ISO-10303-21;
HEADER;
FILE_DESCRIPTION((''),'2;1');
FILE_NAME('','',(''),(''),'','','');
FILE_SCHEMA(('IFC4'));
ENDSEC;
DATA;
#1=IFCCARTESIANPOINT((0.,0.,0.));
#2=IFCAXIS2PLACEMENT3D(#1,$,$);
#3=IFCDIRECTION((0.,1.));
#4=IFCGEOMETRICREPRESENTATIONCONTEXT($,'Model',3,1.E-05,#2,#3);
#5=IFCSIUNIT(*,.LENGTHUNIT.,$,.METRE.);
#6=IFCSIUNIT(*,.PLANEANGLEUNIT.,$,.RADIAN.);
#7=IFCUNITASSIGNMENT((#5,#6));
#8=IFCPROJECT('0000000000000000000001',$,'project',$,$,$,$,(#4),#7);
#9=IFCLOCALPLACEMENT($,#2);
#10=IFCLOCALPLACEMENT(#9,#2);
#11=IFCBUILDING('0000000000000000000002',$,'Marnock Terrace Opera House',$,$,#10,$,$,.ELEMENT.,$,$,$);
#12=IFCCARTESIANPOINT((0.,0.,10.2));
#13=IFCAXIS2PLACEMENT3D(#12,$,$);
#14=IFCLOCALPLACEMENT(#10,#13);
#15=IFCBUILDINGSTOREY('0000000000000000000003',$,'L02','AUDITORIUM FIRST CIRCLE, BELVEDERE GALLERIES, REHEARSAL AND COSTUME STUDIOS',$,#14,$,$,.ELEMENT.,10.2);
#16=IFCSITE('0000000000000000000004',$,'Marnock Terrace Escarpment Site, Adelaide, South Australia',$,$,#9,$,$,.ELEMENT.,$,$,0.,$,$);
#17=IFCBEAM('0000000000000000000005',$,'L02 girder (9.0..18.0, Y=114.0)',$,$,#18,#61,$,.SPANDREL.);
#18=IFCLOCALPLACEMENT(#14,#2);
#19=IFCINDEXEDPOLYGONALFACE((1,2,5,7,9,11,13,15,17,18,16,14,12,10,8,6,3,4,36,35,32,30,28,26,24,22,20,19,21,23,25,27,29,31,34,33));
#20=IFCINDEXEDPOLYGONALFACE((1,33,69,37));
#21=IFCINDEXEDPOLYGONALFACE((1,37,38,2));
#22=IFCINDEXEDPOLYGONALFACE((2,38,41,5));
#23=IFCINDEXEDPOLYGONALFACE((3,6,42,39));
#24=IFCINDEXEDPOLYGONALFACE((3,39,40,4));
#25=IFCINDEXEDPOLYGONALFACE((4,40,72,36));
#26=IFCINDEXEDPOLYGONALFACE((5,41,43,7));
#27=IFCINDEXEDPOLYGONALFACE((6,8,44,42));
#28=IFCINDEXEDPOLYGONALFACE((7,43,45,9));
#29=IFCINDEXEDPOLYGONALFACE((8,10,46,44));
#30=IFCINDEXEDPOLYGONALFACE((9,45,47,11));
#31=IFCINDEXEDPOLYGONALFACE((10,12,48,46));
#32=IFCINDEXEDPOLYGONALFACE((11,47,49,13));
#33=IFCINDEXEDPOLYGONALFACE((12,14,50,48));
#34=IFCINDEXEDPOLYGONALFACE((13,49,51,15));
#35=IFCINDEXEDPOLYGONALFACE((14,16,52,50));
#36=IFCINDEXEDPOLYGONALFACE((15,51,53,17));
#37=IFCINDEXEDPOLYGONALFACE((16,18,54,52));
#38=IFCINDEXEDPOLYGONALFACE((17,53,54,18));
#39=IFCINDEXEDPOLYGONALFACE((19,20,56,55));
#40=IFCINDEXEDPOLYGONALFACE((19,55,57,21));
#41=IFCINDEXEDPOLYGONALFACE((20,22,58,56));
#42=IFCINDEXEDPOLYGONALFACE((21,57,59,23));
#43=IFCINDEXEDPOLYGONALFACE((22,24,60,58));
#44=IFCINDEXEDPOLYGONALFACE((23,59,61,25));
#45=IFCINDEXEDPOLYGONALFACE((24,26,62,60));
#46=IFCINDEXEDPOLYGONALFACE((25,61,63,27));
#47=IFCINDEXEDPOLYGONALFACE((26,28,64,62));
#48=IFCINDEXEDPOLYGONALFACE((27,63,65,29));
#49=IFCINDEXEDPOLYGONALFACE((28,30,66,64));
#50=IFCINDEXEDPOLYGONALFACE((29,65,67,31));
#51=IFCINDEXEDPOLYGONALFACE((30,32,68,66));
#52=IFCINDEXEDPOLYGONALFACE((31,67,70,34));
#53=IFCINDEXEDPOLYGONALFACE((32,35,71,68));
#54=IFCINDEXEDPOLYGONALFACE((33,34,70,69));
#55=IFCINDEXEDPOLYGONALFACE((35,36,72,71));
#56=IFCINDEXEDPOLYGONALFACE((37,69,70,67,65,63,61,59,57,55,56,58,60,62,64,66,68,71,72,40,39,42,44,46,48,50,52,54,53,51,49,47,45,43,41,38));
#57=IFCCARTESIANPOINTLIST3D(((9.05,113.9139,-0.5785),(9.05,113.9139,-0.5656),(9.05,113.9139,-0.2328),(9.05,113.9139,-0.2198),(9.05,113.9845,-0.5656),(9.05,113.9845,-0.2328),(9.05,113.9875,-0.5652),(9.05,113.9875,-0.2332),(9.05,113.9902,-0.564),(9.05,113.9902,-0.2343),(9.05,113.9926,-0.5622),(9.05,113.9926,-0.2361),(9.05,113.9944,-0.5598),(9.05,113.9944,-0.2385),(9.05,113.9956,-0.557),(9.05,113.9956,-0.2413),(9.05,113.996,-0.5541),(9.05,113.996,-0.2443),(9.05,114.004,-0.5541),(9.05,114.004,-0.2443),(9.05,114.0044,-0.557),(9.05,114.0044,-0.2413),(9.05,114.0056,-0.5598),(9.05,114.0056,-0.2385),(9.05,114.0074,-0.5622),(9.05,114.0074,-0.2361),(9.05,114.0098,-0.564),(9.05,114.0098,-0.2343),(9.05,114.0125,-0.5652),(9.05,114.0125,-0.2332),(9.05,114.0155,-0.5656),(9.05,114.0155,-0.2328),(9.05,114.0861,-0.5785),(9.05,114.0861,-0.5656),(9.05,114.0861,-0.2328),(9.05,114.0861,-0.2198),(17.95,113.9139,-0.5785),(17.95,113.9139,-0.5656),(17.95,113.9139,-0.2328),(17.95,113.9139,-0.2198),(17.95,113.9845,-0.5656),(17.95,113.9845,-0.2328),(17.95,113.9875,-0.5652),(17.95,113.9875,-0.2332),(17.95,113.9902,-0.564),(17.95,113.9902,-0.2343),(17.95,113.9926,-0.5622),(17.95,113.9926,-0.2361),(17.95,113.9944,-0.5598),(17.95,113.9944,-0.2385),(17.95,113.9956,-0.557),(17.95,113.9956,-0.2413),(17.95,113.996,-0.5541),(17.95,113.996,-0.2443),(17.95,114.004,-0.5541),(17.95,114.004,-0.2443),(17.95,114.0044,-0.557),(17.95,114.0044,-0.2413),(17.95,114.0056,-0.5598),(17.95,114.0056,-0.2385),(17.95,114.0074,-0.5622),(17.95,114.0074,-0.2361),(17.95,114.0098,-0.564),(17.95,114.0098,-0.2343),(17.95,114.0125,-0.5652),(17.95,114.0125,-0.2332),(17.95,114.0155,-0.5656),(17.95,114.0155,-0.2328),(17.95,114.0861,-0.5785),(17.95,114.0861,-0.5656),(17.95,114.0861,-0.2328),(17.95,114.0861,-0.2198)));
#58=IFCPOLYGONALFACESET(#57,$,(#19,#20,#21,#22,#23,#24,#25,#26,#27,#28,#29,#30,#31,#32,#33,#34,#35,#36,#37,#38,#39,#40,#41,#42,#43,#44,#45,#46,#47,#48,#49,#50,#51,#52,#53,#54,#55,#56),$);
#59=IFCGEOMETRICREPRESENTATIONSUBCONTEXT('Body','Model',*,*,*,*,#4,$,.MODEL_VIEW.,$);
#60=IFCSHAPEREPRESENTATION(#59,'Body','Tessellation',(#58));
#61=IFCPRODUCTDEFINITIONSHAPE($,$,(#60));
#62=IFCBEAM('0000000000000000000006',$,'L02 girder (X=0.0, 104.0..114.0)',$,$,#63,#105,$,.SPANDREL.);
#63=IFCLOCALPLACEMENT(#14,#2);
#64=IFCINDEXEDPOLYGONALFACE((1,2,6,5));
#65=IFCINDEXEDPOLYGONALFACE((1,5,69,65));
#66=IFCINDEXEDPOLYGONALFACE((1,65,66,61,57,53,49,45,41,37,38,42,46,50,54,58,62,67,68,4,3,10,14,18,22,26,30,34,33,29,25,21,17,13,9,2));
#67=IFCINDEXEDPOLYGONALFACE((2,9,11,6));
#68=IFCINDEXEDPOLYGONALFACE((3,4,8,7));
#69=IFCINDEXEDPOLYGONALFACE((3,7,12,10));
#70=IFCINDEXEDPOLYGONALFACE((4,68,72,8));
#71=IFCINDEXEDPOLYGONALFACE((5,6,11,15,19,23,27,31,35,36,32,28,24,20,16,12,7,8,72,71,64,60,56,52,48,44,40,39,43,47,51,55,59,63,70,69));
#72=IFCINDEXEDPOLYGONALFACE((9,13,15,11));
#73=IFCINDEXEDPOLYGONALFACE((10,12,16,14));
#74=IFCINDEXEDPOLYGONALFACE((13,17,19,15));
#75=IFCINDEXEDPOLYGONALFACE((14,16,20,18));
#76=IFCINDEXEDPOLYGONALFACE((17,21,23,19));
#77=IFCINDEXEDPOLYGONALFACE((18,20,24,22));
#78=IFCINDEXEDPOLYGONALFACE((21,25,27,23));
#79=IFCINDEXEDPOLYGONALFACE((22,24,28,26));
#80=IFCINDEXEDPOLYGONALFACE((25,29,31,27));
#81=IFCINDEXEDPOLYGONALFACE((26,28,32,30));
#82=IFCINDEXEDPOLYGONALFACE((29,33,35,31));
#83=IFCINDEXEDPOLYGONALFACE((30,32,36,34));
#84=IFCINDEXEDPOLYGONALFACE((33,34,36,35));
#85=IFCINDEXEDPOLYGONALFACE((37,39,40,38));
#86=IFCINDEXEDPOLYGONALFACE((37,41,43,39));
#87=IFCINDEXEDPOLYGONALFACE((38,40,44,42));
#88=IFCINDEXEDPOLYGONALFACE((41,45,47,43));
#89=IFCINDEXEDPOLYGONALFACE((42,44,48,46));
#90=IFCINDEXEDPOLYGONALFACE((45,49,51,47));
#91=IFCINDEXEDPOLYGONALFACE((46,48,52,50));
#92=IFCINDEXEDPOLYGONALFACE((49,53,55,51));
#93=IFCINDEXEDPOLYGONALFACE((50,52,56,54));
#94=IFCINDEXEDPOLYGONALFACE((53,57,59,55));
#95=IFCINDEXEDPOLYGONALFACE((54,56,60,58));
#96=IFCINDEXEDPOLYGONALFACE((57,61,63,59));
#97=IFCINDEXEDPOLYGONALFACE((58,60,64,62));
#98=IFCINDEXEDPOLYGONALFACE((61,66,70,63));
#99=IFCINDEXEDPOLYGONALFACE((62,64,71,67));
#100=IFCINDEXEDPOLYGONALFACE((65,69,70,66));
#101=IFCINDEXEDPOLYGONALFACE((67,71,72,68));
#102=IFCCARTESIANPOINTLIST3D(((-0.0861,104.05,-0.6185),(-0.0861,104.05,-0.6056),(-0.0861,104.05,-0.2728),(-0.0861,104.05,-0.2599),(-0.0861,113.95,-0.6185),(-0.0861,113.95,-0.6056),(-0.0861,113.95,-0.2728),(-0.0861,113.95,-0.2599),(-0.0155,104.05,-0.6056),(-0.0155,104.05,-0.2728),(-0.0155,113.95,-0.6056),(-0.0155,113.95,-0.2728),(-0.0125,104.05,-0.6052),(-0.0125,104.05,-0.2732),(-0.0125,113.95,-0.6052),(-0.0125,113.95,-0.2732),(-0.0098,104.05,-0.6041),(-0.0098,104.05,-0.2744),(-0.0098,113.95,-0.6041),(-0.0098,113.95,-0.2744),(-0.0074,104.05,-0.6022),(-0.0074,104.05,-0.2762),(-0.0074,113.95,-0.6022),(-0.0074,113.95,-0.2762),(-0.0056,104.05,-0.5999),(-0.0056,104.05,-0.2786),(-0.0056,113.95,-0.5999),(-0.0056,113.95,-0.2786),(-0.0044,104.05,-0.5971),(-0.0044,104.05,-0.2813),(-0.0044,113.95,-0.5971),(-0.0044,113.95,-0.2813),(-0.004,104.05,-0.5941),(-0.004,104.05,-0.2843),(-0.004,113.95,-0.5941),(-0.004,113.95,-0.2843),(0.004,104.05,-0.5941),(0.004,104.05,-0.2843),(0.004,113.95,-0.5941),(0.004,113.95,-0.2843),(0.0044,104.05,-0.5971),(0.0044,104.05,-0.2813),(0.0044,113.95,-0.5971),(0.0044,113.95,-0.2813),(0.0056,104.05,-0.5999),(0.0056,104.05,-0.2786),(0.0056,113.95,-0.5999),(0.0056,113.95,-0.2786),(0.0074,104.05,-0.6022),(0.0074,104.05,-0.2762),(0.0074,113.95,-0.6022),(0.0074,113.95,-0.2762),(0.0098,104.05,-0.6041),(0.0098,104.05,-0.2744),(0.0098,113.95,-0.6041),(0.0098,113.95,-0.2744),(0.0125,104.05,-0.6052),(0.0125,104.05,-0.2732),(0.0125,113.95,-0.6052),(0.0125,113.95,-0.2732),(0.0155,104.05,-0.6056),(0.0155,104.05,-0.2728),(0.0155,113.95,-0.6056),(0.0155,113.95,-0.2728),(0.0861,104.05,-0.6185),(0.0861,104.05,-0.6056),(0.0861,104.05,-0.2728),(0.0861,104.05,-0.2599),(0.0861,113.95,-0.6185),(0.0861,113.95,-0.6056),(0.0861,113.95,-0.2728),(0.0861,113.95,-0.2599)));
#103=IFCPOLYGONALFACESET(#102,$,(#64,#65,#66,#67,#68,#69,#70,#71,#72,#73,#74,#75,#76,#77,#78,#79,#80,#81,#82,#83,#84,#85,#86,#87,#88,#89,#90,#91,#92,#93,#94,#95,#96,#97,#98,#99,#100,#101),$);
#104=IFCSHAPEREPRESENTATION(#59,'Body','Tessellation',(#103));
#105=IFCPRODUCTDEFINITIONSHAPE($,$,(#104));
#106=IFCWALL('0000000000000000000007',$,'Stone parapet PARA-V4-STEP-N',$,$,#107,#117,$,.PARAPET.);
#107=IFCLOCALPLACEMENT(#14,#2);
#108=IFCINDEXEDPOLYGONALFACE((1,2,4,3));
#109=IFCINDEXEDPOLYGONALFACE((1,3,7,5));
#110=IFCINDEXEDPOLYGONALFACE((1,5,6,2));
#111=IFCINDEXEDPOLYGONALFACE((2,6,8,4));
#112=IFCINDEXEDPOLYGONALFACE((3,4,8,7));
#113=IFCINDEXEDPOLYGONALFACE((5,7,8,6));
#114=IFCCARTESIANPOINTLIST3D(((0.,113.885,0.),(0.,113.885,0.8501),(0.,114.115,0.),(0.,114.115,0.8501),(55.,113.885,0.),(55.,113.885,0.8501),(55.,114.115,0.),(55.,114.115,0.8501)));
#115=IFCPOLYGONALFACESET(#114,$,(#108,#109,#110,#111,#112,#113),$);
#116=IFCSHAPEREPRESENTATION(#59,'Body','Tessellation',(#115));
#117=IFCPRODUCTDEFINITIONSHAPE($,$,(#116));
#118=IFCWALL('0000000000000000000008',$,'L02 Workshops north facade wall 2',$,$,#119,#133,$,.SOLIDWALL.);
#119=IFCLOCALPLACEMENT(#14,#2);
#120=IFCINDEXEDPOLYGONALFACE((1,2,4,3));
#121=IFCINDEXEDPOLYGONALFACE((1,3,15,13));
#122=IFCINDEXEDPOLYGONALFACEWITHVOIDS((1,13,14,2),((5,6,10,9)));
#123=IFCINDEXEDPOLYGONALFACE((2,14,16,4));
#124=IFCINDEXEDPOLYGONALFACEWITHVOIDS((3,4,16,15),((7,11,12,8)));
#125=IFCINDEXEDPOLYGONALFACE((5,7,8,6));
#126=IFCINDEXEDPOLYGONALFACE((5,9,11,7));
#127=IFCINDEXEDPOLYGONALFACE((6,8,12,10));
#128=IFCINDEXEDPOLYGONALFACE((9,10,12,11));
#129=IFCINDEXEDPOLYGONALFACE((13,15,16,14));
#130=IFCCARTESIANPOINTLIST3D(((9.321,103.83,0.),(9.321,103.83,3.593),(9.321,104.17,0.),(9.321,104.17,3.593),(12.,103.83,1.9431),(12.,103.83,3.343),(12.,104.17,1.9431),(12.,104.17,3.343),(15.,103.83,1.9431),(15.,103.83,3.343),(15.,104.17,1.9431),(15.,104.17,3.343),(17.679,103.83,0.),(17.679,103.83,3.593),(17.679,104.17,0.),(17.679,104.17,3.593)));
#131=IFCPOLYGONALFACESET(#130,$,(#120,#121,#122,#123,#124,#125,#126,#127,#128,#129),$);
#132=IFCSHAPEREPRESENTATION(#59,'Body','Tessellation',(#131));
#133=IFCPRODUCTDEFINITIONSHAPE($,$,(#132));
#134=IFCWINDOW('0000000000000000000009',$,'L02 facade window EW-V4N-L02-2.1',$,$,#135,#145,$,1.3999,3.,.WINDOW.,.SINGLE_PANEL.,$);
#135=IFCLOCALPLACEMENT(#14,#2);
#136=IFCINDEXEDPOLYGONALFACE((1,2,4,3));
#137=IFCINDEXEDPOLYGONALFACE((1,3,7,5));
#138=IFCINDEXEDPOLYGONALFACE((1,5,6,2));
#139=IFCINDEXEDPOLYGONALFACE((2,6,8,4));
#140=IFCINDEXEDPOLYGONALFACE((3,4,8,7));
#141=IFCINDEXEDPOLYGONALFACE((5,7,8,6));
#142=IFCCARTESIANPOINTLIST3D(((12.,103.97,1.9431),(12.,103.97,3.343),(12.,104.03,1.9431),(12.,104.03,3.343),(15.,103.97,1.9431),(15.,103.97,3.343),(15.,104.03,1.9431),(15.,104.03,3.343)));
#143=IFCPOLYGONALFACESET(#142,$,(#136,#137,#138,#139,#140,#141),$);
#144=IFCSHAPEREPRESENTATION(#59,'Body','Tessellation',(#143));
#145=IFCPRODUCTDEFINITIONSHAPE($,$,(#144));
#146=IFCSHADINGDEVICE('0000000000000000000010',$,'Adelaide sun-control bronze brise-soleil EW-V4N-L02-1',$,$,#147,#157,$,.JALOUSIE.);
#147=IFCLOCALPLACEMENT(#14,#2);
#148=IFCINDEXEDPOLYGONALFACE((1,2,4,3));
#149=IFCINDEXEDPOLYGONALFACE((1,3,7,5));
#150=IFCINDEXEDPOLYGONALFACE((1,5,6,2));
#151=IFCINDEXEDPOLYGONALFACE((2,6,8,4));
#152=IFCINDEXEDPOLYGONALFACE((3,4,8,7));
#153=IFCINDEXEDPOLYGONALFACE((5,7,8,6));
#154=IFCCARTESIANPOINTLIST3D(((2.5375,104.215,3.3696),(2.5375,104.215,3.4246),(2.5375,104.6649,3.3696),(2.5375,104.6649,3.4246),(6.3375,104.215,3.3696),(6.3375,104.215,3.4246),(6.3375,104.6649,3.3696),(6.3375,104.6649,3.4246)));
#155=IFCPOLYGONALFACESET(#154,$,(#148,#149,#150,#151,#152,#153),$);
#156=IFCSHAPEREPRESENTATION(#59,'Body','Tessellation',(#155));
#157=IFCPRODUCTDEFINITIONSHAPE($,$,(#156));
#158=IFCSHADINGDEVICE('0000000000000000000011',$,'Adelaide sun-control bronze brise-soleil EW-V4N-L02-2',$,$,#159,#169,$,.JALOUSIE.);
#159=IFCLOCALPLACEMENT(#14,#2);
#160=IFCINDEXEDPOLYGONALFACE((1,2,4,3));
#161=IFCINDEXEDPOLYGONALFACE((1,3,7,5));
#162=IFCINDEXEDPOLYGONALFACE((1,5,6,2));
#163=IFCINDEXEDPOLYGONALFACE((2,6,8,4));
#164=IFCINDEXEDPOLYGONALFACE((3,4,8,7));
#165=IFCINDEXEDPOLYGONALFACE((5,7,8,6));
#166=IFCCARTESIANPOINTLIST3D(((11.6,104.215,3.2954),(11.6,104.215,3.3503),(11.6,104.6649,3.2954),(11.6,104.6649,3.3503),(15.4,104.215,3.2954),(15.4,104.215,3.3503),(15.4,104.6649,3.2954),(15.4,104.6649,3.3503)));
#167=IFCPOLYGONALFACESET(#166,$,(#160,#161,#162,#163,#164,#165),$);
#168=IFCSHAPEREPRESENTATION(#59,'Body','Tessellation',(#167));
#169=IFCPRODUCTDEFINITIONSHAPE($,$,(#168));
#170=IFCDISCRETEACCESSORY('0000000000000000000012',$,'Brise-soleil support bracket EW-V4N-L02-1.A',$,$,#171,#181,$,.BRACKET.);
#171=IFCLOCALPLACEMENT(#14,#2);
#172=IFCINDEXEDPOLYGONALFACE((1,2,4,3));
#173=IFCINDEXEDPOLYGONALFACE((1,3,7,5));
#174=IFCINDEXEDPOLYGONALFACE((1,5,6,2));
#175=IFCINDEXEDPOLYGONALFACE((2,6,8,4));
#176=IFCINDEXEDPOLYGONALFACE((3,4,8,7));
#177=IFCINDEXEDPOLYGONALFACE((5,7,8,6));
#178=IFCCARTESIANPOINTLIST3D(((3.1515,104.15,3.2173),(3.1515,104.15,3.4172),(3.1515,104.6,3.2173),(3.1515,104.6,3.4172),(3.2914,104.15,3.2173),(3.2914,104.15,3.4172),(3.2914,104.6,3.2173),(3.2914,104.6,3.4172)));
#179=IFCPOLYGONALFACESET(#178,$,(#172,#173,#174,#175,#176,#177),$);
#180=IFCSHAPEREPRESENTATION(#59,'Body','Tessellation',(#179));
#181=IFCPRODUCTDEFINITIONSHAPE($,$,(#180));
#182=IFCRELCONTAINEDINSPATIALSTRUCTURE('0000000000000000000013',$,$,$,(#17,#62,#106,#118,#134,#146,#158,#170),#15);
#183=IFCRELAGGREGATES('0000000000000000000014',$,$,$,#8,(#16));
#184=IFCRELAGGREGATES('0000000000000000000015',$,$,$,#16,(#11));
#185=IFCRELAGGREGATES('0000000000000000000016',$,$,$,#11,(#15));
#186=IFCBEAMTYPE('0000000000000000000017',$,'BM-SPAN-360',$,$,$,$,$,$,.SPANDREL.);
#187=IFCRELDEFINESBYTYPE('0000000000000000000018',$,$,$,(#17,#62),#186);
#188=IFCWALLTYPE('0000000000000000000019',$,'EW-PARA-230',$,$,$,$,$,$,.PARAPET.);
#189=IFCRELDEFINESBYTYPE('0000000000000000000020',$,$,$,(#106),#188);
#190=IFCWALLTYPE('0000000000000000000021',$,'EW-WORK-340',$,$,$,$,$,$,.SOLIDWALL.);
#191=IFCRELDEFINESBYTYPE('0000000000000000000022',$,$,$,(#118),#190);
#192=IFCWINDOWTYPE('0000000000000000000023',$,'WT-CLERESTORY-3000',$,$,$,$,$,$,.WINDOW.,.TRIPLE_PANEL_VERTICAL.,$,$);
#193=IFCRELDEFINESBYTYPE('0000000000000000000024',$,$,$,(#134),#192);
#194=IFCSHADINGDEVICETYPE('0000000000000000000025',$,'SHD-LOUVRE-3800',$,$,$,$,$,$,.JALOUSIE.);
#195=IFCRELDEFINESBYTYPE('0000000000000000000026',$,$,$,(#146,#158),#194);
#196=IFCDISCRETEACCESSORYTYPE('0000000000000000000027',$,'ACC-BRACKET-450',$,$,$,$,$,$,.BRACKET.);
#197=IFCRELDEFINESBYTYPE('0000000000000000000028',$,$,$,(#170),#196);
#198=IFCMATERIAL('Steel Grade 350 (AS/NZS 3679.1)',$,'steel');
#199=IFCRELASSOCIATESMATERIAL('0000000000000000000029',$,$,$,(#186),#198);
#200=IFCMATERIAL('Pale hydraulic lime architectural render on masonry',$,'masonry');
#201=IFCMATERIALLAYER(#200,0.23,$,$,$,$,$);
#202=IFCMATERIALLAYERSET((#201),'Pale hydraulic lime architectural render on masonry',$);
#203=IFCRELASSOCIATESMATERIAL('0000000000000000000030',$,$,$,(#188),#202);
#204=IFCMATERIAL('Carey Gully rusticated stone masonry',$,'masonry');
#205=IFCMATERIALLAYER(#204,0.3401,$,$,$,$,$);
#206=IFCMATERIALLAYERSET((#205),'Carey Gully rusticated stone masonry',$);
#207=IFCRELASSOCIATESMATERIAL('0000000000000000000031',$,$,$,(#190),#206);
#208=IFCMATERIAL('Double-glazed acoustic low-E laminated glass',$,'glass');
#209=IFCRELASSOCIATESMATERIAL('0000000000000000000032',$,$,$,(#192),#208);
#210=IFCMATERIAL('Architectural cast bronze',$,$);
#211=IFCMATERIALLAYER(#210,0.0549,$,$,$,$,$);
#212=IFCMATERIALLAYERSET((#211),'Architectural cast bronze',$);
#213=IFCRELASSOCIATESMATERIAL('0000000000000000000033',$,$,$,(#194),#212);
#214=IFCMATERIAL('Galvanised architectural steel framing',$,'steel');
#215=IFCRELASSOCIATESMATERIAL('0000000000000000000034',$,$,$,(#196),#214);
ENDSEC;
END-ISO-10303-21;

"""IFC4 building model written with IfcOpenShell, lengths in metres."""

from ifc_helpers import new_model, si_unit, direction, frame, frame_2d, origin, origin_2d, place, context, subcontext, project, spatial, rectangle, i_section, extrude, material, layer, layer_set, material_profile, profile_set, type_object, element, fill, save


model = new_model("IFC4")

# Units and contexts
model_context = context("Model", 3, precision=1e-05, world=origin(), true_north=direction((0.0, 1.0)))
body_context = subcontext(model_context, "Body", "Model", "MODEL_VIEW")
ifc_project = project(units=[si_unit("LENGTHUNIT", "METRE"), si_unit("PLANEANGLEUNIT", "RADIAN")], contexts=[model_context])

# Site, building, storey
site_placement = place(None, origin())
site = spatial("IfcSite", under=ifc_project, at=site_placement, Name="Marnock Terrace Escarpment Site, Adelaide, South Australia", CompositionType="ELEMENT", RefElevation=0.0)
building_placement = place(site_placement, origin())
building = spatial("IfcBuilding", under=site, at=building_placement, Name="Marnock Terrace Opera House", CompositionType="ELEMENT")
storey_placement = place(building_placement, frame((0.0, 0.0, 10.2)))
storey = spatial("IfcBuildingStorey", under=building, at=storey_placement, Name="L02", Description="AUDITORIUM FIRST CIRCLE, BELVEDERE GALLERIES, REHEARSAL AND COSTUME STUDIOS", CompositionType="ELEMENT", Elevation=10.2)

# Beams
ifc_material_1 = material(Name="Steel Grade 350 (AS/NZS 3679.1)", Category="steel")
ifc_material_profile_1 = material_profile(ifc_material_1, i_section(OverallWidth=0.1721, OverallDepth=0.3586, WebThickness=0.0081, FlangeThickness=0.0129, FilletRadius=0.0115, at=origin_2d()))
ifc_profile_set_1 = profile_set([ifc_material_profile_1], Name="Steel Grade 350 (AS/NZS 3679.1)")
beam_type_1 = type_object("IfcBeamType", Name="BM-SPAN-360", PredefinedType="SPANDREL", material=ifc_profile_set_1)
for number, where, z_axis, x_axis, name in (
    (1, (9.05, 114.0, -0.3992), (1.0, 0.0, 0.0), (0.0, 1.0, 0.0), "L02 girder (9.0..18.0, Y=114.0)"),
):
    element("IfcBeam", number, at=place(storey_placement, frame(where, z_axis=z_axis, x_axis=x_axis)), inside=storey, type_object=beam_type_1, Name=name, PredefinedType="SPANDREL", context=body_context, shape_type="SweptSolid", body=[
        extrude(i_section(OverallWidth=0.1721, OverallDepth=0.3586, WebThickness=0.0081, FlangeThickness=0.0129, FilletRadius=0.0115, at=origin_2d()), origin(), (0.0, 0.0, 1.0), 8.8999),
    ])
beam_1_placement = place(storey_placement, frame((0.0, 104.05, -0.4392), z_axis=(0.0, 1.0, 0.0), x_axis=(-1.0, 0.0, 0.0)))
element("IfcBeam", 2, at=beam_1_placement, inside=storey, type_object=beam_type_1, Name="L02 girder (X=0.0, 104.0..114.0)", PredefinedType="SPANDREL", context=body_context, shape_type="SweptSolid", body=[
    extrude(i_section(OverallWidth=0.1721, OverallDepth=0.3586, WebThickness=0.0081, FlangeThickness=0.0129, FilletRadius=0.0115, at=origin_2d()), origin(), (0.0, 0.0, 1.0), 9.8999),
])

# Wall
ifc_material_2 = material(Name="Pale hydraulic lime architectural render on masonry", Category="masonry")
ifc_layer_1 = layer(ifc_material_2, 0.23)
ifc_layer_set_1 = layer_set([ifc_layer_1], Name="Pale hydraulic lime architectural render on masonry")
wall_type_1 = type_object("IfcWallType", Name="EW-PARA-230", PredefinedType="PARAPET", material=ifc_layer_set_1)
wall_1_placement = place(storey_placement, frame((0.0, 114.0, 0.0), z_axis=(0.0, 0.0, 1.0), x_axis=(1.0, 0.0, 0.0)))
element("IfcWall", 3, at=wall_1_placement, inside=storey, type_object=wall_type_1, Name="Stone parapet PARA-V4-STEP-N", PredefinedType="PARAPET", context=body_context, shape_type="SweptSolid", body=[
    extrude(rectangle(XDim=55.0, YDim=0.23, at=frame_2d((27.5, 0.0))), origin(), (0.0, 0.0, 1.0), 0.8501),
])

# Wall, opening, window
ifc_material_3 = material(Name="Carey Gully rusticated stone masonry", Category="masonry")
ifc_layer_2 = layer(ifc_material_3, 0.3401)
ifc_layer_set_2 = layer_set([ifc_layer_2], Name="Carey Gully rusticated stone masonry")
wall_type_2 = type_object("IfcWallType", Name="EW-WORK-340", PredefinedType="SOLIDWALL", material=ifc_layer_set_2)
wall_2_placement = place(storey_placement, frame((9.321, 104.0, 0.0), z_axis=(0.0, 0.0, 1.0), x_axis=(1.0, 0.0, 0.0)))
wall_2 = element("IfcWall", 4, at=wall_2_placement, inside=storey, type_object=wall_type_2, Name="L02 Workshops north facade wall 2", PredefinedType="SOLIDWALL", context=body_context, shape_type="SweptSolid", body=[
    extrude(rectangle(XDim=8.3579, YDim=0.3401, at=frame_2d((4.179, 0.0))), origin(), (0.0, 0.0, 1.0), 3.593),
])
opening_placement = place(wall_2_placement, frame((2.679, 0.0, 1.9431)))
opening = element("IfcOpeningElement", 5, at=opening_placement, cuts=wall_2, PredefinedType="OPENING", context=body_context, shape_type="SweptSolid", body=[
    extrude(rectangle(XDim=3.0, YDim=1.3999, at=frame_2d((1.5, 0.7))), frame((0.0, 0.1799, 0.0), z_axis=(0.0, -1.0, 0.0), x_axis=(1.0, 0.0, 0.0)), (0.0, 0.0, 1.0), 0.3601),
])
ifc_material_4 = material(Name="Double-glazed acoustic low-E laminated glass", Category="glass")
window_type = type_object("IfcWindowType", Name="WT-CLERESTORY-3000", PartitioningType="TRIPLE_PANEL_VERTICAL", PredefinedType="WINDOW", material=ifc_material_4)
window_placement = place(opening_placement, origin())
window = element("IfcWindow", 6, at=window_placement, inside=storey, type_object=window_type, Name="L02 facade window EW-V4N-L02-2.1", OverallHeight=1.3999, OverallWidth=3.0, PartitioningType="SINGLE_PANEL", PredefinedType="WINDOW", context=body_context, shape_type="SweptSolid", body=[
    extrude(rectangle(XDim=3.0, YDim=1.3999, at=frame_2d((1.5, 0.7))), frame((0.0, 0.03, 0.0), z_axis=(0.0, -1.0, 0.0), x_axis=(1.0, 0.0, 0.0)), (0.0, 0.0, 1.0), 0.0601),
])
fill(opening, window)

# Shading devices
ifc_material_5 = material(Name="Architectural cast bronze")
ifc_layer_3 = layer(ifc_material_5, 0.0549)
ifc_layer_set_3 = layer_set([ifc_layer_3], Name="Architectural cast bronze")
shading_device_type = type_object("IfcShadingDeviceType", Name="SHD-LOUVRE-3800", PredefinedType="JALOUSIE", material=ifc_layer_set_3)
for number, where, z_axis, x_axis, name in (
    (7, (4.4375, 104.4399, 3.3696), (0.0, 0.0, 1.0), (1.0, 0.0, 0.0), "Adelaide sun-control bronze brise-soleil EW-V4N-L02-1"),
    (8, (13.5, 104.4399, 3.2954), (0.0, 0.0, 1.0), (1.0, 0.0, 0.0), "Adelaide sun-control bronze brise-soleil EW-V4N-L02-2"),
):
    element("IfcShadingDevice", number, at=place(storey_placement, frame(where, z_axis=z_axis, x_axis=x_axis)), inside=storey, type_object=shading_device_type, Name=name, PredefinedType="JALOUSIE", context=body_context, shape_type="SweptSolid", body=[
        extrude(rectangle(XDim=3.8, YDim=0.45, at=origin_2d()), origin(), (0.0, 0.0, 1.0), 0.0549),
    ])

# Discrete accessory
ifc_material_6 = material(Name="Galvanised architectural steel framing", Category="steel")
discrete_accessory_type = type_object("IfcDiscreteAccessoryType", Name="ACC-BRACKET-450", PredefinedType="BRACKET", material=ifc_material_6)
for number, where, z_axis, x_axis, name in (
    (9, (3.2214, 104.375, 3.2173), (0.0, 0.0, 1.0), (1.0, 0.0, 0.0), "Brise-soleil support bracket EW-V4N-L02-1.A"),
):
    element("IfcDiscreteAccessory", number, at=place(storey_placement, frame(where, z_axis=z_axis, x_axis=x_axis)), inside=storey, type_object=discrete_accessory_type, Name=name, PredefinedType="BRACKET", context=body_context, shape_type="SweptSolid", body=[
        extrude(rectangle(XDim=0.1399, YDim=0.45, at=origin_2d()), origin(), (0.0, 0.0, 1.0), 0.2),
    ])

save(model, "model.ifc")
